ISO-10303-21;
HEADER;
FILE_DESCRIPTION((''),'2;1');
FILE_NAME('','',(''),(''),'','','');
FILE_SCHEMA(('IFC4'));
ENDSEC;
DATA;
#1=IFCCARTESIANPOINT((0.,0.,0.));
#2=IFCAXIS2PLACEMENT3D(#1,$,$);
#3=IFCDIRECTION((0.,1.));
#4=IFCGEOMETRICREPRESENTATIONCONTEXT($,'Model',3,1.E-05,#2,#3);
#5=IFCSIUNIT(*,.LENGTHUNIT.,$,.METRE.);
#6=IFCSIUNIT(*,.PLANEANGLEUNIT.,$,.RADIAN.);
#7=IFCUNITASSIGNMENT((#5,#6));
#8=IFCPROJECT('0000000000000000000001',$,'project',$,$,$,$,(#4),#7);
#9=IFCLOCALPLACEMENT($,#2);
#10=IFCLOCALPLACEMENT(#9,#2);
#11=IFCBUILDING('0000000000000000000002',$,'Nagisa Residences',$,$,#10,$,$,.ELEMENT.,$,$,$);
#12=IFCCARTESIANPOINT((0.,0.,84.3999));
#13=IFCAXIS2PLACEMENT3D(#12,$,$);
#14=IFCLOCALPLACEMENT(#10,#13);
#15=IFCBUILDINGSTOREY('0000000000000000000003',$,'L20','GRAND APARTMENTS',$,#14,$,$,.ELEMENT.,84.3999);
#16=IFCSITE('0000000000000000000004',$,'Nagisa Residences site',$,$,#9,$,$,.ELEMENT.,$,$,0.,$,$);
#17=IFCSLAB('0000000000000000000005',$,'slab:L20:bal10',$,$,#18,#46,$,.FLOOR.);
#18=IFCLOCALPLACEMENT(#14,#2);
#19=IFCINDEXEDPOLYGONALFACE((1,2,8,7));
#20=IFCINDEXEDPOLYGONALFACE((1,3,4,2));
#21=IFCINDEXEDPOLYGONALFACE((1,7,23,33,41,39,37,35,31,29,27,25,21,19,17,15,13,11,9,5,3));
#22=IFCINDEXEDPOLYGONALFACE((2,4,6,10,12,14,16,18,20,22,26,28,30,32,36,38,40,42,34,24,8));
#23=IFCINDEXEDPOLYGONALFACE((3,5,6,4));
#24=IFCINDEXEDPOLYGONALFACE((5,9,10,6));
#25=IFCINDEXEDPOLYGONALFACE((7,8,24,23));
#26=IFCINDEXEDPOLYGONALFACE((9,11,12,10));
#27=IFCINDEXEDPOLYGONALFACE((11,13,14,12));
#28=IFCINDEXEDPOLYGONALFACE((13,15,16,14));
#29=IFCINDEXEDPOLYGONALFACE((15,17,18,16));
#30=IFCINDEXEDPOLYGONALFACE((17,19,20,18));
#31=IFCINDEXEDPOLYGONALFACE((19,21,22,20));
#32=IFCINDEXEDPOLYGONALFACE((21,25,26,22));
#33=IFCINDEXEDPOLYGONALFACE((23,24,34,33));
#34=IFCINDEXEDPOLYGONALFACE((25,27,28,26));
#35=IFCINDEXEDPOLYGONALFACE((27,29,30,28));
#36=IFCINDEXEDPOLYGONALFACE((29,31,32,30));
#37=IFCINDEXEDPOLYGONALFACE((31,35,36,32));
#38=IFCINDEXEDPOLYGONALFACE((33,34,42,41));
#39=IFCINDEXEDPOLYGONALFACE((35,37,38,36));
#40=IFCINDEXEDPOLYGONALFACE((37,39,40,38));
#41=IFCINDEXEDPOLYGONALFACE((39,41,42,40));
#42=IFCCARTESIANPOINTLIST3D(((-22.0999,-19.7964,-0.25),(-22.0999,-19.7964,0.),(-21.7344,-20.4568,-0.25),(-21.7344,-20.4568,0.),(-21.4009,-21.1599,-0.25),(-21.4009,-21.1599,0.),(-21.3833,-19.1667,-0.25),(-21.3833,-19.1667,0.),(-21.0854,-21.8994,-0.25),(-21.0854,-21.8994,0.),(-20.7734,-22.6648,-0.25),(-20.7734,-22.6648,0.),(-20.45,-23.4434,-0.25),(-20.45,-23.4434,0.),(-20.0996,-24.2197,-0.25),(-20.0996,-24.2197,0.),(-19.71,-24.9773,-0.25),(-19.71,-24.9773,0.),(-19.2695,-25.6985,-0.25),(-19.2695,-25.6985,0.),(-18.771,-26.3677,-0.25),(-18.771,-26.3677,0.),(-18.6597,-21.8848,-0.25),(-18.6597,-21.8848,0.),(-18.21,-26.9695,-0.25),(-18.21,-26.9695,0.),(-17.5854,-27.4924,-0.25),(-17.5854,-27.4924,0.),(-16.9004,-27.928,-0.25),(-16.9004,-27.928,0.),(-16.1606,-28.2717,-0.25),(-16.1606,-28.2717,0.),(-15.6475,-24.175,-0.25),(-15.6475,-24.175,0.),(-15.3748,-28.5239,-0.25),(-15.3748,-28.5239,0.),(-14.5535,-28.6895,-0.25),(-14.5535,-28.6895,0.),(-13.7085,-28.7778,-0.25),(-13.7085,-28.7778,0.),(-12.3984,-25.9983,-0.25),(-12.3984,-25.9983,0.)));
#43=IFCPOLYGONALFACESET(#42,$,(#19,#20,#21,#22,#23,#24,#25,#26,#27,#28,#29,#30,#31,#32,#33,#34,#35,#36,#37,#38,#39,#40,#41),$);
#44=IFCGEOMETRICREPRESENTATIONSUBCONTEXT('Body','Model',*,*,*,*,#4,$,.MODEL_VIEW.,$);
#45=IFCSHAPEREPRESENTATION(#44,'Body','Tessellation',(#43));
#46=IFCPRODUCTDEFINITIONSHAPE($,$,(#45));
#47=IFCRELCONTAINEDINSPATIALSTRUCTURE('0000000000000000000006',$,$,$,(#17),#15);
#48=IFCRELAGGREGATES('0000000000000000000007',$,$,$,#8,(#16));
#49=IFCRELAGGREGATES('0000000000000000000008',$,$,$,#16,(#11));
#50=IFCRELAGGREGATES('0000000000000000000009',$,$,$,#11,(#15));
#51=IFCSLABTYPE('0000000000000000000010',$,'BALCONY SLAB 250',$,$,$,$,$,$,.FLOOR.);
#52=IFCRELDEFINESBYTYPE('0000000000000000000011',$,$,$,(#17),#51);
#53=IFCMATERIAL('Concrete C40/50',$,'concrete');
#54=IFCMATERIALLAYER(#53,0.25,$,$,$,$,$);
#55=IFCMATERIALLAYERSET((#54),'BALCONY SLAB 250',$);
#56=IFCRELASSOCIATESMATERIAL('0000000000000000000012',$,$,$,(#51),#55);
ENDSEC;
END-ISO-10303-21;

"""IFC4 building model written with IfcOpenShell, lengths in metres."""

from ifc_helpers import new_model, si_unit, direction, frame, origin, place, context, subcontext, project, spatial, polyline, outline, extrude, material, layer, layer_set, type_object, element, save


model = new_model("IFC4")

# Units and contexts
model_context = context("Model", 3, precision=1e-05, world=origin(), true_north=direction((0.0, 1.0)))
body_context = subcontext(model_context, "Body", "Model", "MODEL_VIEW")
ifc_project = project(units=[si_unit("LENGTHUNIT", "METRE"), si_unit("PLANEANGLEUNIT", "RADIAN")], contexts=[model_context])

# Site, building, storey
site_placement = place(None, origin())
site = spatial("IfcSite", under=ifc_project, at=site_placement, Name="Nagisa Residences site", CompositionType="ELEMENT", RefElevation=0.0)
building_placement = place(site_placement, origin())
building = spatial("IfcBuilding", under=site, at=building_placement, Name="Nagisa Residences", CompositionType="ELEMENT")
storey_placement = place(building_placement, frame((0.0, 0.0, 84.3999)))
storey = spatial("IfcBuildingStorey", under=building, at=storey_placement, Name="L20", Description="GRAND APARTMENTS", CompositionType="ELEMENT", Elevation=84.3999)

# Slab
ifc_material_1 = material(Name="Concrete C40/50", Category="concrete")
ifc_layer_1 = layer(ifc_material_1, 0.25)
ifc_layer_set_1 = layer_set([ifc_layer_1], Name="BALCONY SLAB 250")
slab_type_1 = type_object("IfcSlabType", Name="BALCONY SLAB 250", PredefinedType="FLOOR", material=ifc_layer_set_1)
slab_1_placement = place(storey_placement, frame((0.0, 0.0, -0.25)))
element("IfcSlab", 1, at=slab_1_placement, inside=storey, type_object=slab_type_1, Name="slab:L20:bal10", PredefinedType="FLOOR", context=body_context, shape_type="SweptSolid", body=[
    extrude(outline(polyline([(-22.0999, -19.7964), (-21.7344, -20.4568), (-21.4009, -21.1599), (-21.0854, -21.8994), (-20.7734, -22.6648), (-20.45, -23.4434), (-20.0996, -24.2197), (-19.71, -24.9773), (-19.2695, -25.6985), (-18.771, -26.3677), (-18.21, -26.9695), (-17.5854, -27.4924), (-16.9004, -27.928), (-16.1606, -28.2717), (-15.3748, -28.5239), (-14.5535, -28.6895), (-13.7085, -28.7778), (-12.3984, -25.9983), (-15.6475, -24.175), (-18.6597, -21.8848), (-21.3833, -19.1667), (-22.0999, -19.7964)])), origin(), (0.0, 0.0, 1.0), 0.25),
])

save(model, "model.ifc")
